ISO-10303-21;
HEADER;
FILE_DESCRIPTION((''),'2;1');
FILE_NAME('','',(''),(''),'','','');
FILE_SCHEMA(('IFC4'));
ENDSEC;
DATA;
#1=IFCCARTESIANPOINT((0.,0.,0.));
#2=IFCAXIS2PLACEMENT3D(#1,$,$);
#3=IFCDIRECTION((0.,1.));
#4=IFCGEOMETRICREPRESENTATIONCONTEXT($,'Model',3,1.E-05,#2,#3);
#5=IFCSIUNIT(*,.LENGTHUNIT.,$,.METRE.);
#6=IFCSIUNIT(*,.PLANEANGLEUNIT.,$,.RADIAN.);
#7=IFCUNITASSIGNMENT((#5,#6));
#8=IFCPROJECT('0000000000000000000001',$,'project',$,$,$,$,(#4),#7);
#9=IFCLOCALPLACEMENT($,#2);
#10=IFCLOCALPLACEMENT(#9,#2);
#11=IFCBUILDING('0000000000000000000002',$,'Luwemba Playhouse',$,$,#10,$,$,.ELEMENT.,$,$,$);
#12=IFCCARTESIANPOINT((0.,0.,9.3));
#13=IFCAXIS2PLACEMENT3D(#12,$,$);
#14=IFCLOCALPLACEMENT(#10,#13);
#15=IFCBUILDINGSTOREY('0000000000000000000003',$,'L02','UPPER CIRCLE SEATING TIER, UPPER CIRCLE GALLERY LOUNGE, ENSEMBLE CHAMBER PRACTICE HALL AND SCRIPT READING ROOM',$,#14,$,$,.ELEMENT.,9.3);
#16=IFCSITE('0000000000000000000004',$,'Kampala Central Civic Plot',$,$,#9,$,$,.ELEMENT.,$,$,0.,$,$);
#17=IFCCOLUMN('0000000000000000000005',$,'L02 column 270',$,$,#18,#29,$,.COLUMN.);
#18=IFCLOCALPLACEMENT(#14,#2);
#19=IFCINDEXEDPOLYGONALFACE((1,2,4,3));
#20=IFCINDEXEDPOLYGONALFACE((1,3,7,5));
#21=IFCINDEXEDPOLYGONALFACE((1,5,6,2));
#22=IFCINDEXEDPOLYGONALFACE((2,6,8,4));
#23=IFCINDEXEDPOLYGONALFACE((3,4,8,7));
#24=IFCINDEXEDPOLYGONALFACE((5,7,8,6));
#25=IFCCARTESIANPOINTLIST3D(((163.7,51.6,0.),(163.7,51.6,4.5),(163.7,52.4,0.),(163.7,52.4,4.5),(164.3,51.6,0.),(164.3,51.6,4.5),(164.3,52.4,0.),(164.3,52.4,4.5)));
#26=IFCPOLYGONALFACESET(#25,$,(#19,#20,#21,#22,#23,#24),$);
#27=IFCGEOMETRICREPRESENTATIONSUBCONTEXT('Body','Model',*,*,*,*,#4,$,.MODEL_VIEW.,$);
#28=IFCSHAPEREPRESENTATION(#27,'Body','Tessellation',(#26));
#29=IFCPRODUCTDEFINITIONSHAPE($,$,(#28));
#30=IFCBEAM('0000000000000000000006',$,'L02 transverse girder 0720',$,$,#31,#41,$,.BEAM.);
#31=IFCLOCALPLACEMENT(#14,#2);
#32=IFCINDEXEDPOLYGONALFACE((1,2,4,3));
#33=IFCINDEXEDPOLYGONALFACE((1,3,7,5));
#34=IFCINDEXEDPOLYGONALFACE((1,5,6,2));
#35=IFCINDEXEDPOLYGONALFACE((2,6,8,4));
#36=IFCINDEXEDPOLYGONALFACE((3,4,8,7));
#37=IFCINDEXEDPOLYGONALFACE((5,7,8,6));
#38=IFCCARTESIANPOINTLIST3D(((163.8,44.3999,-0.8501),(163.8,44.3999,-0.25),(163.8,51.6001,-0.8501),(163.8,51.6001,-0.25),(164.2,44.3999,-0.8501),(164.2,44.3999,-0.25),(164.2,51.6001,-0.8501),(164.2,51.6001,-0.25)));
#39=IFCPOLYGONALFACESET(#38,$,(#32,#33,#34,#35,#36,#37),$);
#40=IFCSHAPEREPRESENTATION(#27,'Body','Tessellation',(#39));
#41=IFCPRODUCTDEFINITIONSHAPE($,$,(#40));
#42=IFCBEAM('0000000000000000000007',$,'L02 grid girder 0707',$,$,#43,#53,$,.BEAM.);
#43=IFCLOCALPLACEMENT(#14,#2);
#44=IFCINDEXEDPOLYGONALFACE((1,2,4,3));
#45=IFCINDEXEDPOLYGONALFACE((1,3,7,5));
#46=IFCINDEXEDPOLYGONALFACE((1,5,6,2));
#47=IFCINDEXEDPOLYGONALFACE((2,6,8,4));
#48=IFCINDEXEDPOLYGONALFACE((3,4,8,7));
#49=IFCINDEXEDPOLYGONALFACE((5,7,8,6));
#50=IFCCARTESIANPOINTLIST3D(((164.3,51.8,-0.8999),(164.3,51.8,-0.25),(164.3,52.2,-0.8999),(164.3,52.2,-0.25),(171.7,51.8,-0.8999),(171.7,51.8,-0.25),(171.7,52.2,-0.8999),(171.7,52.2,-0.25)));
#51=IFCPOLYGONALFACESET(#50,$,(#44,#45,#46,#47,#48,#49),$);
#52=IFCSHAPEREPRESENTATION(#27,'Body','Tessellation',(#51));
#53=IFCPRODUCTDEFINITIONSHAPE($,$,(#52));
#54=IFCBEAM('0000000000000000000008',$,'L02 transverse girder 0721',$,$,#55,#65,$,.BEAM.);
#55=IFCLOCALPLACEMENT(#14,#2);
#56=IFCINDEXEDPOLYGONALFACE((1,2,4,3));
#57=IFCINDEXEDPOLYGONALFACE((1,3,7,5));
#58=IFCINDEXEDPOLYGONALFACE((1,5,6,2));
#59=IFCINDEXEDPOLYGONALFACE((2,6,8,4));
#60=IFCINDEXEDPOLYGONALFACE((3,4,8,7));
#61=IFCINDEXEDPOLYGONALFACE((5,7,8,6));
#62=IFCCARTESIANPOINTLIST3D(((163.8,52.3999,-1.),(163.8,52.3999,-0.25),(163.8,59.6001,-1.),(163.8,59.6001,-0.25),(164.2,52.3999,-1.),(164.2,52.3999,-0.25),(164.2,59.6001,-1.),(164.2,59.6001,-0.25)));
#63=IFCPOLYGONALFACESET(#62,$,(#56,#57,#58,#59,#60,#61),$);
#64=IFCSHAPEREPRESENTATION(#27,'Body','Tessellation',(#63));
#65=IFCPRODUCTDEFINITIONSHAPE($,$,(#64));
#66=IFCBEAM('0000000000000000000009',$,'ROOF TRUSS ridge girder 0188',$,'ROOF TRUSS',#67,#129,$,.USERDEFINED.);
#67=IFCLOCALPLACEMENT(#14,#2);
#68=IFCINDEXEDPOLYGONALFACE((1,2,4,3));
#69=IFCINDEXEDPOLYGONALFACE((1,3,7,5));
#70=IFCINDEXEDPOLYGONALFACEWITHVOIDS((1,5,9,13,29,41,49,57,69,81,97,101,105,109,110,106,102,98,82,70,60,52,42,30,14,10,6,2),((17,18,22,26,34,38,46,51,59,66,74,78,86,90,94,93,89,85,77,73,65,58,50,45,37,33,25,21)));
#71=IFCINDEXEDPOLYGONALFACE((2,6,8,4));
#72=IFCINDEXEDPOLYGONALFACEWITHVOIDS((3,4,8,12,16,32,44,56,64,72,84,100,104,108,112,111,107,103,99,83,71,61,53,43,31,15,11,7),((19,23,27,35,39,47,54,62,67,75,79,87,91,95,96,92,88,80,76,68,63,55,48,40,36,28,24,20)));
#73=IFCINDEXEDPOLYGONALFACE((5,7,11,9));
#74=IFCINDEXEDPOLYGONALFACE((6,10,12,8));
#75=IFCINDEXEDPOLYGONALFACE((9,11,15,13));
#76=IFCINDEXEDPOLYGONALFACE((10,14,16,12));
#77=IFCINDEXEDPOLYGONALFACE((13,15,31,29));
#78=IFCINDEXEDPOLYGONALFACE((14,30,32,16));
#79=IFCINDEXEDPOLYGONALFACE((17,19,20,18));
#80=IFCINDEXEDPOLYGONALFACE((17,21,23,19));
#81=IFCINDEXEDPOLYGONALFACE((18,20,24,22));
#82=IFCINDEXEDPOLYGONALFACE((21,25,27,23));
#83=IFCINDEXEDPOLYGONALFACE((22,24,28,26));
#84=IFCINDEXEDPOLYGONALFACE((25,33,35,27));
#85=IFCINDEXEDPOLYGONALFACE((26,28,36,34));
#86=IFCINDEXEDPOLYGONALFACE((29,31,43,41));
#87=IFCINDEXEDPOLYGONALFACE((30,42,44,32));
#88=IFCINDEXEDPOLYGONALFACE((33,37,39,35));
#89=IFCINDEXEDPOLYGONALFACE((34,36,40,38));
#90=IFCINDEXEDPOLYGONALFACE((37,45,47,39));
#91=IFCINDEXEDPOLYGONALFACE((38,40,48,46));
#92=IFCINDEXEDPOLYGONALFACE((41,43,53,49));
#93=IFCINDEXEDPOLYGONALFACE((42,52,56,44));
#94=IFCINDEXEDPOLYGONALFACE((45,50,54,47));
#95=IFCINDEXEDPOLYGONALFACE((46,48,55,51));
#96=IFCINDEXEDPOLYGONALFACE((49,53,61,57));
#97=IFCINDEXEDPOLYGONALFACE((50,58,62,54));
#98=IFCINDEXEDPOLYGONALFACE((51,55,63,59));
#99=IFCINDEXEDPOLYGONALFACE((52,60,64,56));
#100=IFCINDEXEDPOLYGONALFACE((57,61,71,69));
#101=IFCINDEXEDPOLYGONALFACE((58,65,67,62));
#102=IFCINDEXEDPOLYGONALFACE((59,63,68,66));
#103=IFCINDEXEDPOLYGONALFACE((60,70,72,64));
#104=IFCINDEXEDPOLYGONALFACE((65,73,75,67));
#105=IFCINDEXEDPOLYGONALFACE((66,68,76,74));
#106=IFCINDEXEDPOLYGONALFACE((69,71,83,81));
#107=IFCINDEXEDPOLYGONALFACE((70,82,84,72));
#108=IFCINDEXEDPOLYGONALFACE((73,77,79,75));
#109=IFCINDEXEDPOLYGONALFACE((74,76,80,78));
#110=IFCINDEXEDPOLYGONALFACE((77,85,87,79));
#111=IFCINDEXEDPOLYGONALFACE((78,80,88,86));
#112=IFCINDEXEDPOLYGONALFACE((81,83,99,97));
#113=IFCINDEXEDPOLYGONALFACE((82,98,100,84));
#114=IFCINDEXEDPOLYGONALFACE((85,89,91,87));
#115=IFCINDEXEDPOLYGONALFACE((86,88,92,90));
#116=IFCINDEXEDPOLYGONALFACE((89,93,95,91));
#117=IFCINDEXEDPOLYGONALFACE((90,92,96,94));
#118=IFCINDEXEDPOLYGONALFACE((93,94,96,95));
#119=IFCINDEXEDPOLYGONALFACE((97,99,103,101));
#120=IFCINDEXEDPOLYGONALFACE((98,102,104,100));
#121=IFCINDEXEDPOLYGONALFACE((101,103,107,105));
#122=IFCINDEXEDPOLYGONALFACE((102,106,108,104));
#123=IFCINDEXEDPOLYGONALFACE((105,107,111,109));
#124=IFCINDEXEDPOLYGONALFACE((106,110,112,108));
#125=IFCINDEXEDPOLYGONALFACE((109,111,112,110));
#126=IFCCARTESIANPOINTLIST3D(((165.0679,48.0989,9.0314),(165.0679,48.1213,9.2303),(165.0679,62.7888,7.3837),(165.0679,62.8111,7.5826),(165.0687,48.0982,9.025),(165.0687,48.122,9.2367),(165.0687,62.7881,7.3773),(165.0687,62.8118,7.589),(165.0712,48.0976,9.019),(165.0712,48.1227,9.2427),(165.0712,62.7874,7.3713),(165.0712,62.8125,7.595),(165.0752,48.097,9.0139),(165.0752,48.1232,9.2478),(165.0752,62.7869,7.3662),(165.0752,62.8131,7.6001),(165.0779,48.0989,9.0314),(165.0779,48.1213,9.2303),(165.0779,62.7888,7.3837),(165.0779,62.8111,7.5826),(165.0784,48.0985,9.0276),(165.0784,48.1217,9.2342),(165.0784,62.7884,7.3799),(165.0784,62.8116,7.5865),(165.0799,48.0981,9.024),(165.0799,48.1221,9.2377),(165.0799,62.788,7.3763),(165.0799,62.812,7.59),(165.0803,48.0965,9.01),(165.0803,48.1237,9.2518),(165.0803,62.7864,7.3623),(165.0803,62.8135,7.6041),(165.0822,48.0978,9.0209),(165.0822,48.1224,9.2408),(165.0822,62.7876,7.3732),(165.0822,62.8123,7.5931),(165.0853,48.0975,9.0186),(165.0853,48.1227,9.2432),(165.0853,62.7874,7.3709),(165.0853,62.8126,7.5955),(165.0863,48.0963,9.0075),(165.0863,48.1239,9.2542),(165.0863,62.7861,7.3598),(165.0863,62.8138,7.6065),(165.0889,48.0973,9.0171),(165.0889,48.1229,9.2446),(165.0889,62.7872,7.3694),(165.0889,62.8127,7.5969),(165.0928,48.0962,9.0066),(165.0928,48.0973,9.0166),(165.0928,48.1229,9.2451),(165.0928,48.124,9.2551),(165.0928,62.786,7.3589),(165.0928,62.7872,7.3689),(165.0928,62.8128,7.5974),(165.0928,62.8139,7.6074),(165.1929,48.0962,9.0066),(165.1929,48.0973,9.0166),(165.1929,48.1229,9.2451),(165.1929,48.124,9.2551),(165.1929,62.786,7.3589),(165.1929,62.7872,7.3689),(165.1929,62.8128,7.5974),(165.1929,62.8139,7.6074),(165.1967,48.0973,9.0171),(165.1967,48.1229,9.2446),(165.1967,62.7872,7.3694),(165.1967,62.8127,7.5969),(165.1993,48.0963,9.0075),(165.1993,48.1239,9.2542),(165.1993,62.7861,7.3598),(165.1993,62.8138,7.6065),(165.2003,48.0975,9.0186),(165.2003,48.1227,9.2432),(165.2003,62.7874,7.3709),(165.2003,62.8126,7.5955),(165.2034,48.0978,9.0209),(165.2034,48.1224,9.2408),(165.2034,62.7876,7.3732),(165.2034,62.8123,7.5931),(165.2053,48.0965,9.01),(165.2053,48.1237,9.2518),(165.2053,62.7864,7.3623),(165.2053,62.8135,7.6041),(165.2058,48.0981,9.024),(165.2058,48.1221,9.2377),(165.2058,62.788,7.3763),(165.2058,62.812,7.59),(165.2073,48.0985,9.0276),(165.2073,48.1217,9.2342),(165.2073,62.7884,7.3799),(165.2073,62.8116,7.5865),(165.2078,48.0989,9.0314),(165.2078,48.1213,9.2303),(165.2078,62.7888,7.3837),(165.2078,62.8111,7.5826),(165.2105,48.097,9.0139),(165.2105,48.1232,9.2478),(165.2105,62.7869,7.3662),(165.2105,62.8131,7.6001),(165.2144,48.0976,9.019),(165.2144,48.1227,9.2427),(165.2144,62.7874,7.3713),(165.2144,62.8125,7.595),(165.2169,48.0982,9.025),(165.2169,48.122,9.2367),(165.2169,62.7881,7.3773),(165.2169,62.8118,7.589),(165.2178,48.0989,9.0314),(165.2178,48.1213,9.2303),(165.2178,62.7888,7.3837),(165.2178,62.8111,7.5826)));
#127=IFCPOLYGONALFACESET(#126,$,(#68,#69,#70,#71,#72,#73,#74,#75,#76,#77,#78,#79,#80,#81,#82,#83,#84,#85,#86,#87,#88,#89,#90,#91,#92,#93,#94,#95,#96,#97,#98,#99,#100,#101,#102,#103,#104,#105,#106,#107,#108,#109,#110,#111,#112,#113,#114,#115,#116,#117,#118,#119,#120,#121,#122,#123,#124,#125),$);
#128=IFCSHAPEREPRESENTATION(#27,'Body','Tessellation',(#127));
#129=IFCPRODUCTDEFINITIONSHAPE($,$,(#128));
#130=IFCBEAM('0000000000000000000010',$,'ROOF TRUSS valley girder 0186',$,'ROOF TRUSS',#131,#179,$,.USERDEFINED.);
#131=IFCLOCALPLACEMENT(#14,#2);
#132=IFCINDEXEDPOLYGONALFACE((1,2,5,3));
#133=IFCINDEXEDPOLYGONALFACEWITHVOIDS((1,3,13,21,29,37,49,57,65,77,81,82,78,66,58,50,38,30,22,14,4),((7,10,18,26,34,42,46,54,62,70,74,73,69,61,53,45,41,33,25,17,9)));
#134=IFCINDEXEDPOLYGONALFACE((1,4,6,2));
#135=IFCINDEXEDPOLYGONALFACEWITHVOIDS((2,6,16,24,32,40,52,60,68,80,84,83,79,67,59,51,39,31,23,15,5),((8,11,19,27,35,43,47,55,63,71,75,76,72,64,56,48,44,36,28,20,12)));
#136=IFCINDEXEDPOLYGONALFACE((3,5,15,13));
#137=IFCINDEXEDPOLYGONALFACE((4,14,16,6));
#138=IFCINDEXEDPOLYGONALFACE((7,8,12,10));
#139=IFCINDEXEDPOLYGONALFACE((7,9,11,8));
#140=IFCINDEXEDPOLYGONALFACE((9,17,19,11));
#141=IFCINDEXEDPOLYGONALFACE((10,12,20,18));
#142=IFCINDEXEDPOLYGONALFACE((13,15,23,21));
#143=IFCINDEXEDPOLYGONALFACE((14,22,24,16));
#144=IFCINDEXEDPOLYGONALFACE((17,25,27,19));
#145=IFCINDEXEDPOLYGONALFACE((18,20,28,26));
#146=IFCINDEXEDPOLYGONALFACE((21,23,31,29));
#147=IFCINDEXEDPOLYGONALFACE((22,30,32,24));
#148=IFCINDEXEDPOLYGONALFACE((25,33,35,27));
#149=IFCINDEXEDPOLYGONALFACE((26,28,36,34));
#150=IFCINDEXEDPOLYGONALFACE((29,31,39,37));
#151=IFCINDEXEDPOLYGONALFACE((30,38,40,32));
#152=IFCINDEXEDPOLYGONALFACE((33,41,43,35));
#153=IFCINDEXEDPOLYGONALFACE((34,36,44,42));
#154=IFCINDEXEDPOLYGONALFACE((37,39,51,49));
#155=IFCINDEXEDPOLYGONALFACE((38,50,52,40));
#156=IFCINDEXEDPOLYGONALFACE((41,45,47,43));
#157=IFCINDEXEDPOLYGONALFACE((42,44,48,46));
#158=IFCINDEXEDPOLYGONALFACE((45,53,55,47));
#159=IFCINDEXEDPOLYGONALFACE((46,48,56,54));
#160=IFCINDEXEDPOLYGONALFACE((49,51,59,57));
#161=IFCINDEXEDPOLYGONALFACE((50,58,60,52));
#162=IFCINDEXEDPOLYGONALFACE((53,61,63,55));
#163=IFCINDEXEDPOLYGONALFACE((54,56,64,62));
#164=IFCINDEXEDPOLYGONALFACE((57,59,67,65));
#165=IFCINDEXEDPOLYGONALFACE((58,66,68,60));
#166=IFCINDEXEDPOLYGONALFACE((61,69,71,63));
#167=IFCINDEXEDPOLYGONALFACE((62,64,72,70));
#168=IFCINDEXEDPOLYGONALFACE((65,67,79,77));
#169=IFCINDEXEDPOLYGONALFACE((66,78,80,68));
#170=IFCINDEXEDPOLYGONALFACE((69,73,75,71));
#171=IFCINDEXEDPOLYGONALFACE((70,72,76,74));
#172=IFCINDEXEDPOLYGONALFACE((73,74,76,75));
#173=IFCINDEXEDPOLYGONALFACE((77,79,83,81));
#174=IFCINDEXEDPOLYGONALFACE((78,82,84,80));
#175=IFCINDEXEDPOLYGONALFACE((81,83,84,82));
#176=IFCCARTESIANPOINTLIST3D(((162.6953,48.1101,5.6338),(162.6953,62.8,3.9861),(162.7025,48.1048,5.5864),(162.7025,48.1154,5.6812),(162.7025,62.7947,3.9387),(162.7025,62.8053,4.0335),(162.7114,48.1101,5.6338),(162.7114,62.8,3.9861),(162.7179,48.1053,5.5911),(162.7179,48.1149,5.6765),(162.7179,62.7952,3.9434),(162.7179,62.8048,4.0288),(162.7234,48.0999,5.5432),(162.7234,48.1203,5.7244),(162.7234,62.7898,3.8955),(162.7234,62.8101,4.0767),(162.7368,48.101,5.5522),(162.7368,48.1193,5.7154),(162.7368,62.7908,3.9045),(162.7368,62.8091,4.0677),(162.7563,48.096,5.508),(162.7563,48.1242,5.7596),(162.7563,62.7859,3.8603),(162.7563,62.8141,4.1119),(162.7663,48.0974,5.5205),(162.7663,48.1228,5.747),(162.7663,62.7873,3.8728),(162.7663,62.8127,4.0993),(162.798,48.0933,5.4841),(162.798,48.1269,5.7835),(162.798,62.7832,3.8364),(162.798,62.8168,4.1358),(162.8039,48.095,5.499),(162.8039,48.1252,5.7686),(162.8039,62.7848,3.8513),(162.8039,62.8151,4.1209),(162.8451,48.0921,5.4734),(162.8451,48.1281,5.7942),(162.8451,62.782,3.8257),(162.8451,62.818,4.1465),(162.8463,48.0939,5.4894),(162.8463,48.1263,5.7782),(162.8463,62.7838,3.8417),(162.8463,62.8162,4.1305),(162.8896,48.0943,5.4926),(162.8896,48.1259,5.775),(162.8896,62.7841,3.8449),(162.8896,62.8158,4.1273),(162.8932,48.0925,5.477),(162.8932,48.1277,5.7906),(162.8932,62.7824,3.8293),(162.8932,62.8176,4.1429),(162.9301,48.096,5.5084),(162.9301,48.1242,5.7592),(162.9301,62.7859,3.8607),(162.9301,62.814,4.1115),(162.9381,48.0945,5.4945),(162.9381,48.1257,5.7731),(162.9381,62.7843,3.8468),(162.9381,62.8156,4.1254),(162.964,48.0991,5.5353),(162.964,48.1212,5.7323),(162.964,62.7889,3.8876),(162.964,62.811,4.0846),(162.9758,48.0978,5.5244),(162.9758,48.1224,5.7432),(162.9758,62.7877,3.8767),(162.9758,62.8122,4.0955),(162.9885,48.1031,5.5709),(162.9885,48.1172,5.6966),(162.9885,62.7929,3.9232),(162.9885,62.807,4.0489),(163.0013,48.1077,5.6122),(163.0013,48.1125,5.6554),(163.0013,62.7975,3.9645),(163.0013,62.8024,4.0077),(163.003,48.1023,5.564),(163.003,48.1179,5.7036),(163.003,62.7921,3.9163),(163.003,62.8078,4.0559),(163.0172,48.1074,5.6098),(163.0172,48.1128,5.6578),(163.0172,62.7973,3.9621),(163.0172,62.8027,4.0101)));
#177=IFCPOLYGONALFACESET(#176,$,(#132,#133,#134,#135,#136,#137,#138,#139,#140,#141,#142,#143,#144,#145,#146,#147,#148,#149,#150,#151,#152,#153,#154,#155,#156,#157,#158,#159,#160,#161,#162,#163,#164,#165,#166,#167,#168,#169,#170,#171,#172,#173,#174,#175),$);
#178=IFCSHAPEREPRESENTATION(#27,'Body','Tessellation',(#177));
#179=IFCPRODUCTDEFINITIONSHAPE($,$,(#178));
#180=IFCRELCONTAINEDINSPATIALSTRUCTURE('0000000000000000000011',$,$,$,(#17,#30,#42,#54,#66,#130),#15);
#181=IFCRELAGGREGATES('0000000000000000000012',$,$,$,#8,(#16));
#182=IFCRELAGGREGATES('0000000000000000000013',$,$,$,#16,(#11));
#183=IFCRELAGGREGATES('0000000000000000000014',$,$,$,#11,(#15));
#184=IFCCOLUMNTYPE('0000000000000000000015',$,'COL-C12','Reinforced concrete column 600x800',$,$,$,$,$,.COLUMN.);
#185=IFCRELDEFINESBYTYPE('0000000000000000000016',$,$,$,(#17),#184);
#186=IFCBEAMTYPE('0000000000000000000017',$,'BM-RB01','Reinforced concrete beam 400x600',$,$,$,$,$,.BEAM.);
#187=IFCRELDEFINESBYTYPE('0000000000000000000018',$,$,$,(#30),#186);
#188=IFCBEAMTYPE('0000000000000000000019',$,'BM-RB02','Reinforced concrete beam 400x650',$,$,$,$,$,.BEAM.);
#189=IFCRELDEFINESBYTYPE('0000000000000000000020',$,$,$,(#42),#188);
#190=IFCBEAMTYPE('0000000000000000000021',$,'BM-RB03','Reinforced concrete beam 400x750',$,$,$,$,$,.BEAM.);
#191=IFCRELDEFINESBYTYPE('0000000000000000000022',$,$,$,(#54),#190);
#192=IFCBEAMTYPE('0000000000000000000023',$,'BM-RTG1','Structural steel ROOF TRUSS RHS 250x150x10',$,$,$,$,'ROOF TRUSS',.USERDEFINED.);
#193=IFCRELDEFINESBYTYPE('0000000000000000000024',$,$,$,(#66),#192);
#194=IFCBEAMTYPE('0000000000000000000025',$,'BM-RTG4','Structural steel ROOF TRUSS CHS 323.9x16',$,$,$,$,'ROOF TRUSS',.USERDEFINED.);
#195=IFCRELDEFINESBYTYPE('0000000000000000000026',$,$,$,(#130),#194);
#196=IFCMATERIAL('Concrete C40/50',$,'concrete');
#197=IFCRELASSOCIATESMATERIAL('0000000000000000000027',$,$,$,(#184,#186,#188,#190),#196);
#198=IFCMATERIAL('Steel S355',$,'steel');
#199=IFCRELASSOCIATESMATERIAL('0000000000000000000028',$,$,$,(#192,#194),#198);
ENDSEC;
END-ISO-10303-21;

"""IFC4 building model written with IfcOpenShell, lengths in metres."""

from ifc_helpers import new_model, si_unit, direction, frame, origin, origin_2d, place, context, subcontext, project, spatial, rectangle, hollow_rectangle, hollow_circle, extrude, material, material_profile, profile_set, type_object, element, save


model = new_model("IFC4")

# Units and contexts
model_context = context("Model", 3, precision=1e-05, world=origin(), true_north=direction((0.0, 1.0)))
body_context = subcontext(model_context, "Body", "Model", "MODEL_VIEW")
ifc_project = project(units=[si_unit("LENGTHUNIT", "METRE"), si_unit("PLANEANGLEUNIT", "RADIAN")], contexts=[model_context])

# Site, building, storey
site_placement = place(None, origin())
site = spatial("IfcSite", under=ifc_project, at=site_placement, Name="Kampala Central Civic Plot", CompositionType="ELEMENT", RefElevation=0.0)
building_placement = place(site_placement, origin())
building = spatial("IfcBuilding", under=site, at=building_placement, Name="Luwemba Playhouse", CompositionType="ELEMENT")
storey_placement = place(building_placement, frame((0.0, 0.0, 9.3)))
storey = spatial("IfcBuildingStorey", under=building, at=storey_placement, Name="L02", Description="UPPER CIRCLE SEATING TIER, UPPER CIRCLE GALLERY LOUNGE, ENSEMBLE CHAMBER PRACTICE HALL AND SCRIPT READING ROOM", CompositionType="ELEMENT", Elevation=9.3)

# Column
ifc_material_1 = material(Name="Concrete C40/50", Category="concrete")
ifc_material_profile_1 = material_profile(ifc_material_1, rectangle(XDim=0.6001, YDim=0.8, at=origin_2d()))
ifc_profile_set_1 = profile_set([ifc_material_profile_1], Name="Concrete C40/50")
column_type = type_object("IfcColumnType", Name="COL-C12", Description="Reinforced concrete column 600x800", PredefinedType="COLUMN", material=ifc_profile_set_1)
column_placement = place(storey_placement, frame((164.0, 52.0, 0.0), z_axis=(0.0, 0.0, 1.0), x_axis=(1.0, 0.0, 0.0)))
element("IfcColumn", 1, at=column_placement, inside=storey, type_object=column_type, Name="L02 column 270", PredefinedType="COLUMN", context=body_context, shape_type="SweptSolid", body=[
    extrude(rectangle(XDim=0.6001, YDim=0.8, at=origin_2d()), origin(), (0.0, 0.0, 1.0), 4.5),
])

# Beams
ifc_material_profile_2 = material_profile(ifc_material_1, rectangle(XDim=0.3999, YDim=0.6001, at=origin_2d()))
ifc_profile_set_2 = profile_set([ifc_material_profile_2], Name="Concrete C40/50")
beam_type_1 = type_object("IfcBeamType", Name="BM-RB01", Description="Reinforced concrete beam 400x600", PredefinedType="BEAM", material=ifc_profile_set_2)
beam_1_placement = place(storey_placement, frame((164.0, 44.3999, -0.55), z_axis=(0.0, 1.0, 0.0), x_axis=(-1.0, 0.0, 0.0)))
element("IfcBeam", 2, at=beam_1_placement, inside=storey, type_object=beam_type_1, Name="L02 transverse girder 0720", PredefinedType="BEAM", context=body_context, shape_type="SweptSolid", body=[
    extrude(rectangle(XDim=0.3999, YDim=0.6001, at=origin_2d()), origin(), (0.0, 0.0, 1.0), 7.2002),
])
ifc_material_profile_3 = material_profile(ifc_material_1, rectangle(XDim=0.3999, YDim=0.6499, at=origin_2d()))
ifc_profile_set_3 = profile_set([ifc_material_profile_3], Name="Concrete C40/50")
beam_type_2 = type_object("IfcBeamType", Name="BM-RB02", Description="Reinforced concrete beam 400x650", PredefinedType="BEAM", material=ifc_profile_set_3)
beam_2_placement = place(storey_placement, frame((164.3, 52.0, -0.575), z_axis=(1.0, 0.0, 0.0), x_axis=(0.0, 1.0, 0.0)))
element("IfcBeam", 3, at=beam_2_placement, inside=storey, type_object=beam_type_2, Name="L02 grid girder 0707", PredefinedType="BEAM", context=body_context, shape_type="SweptSolid", body=[
    extrude(rectangle(XDim=0.3999, YDim=0.6499, at=origin_2d()), origin(), (0.0, 0.0, 1.0), 7.3999),
])
ifc_material_profile_4 = material_profile(ifc_material_1, rectangle(XDim=0.3999, YDim=0.75, at=origin_2d()))
ifc_profile_set_4 = profile_set([ifc_material_profile_4], Name="Concrete C40/50")
beam_type_3 = type_object("IfcBeamType", Name="BM-RB03", Description="Reinforced concrete beam 400x750", PredefinedType="BEAM", material=ifc_profile_set_4)
beam_3_placement = place(storey_placement, frame((164.0, 52.3999, -0.625), z_axis=(0.0, 1.0, 0.0), x_axis=(-1.0, 0.0, 0.0)))
element("IfcBeam", 4, at=beam_3_placement, inside=storey, type_object=beam_type_3, Name="L02 transverse girder 0721", PredefinedType="BEAM", context=body_context, shape_type="SweptSolid", body=[
    extrude(rectangle(XDim=0.3999, YDim=0.75, at=origin_2d()), origin(), (0.0, 0.0, 1.0), 7.2002),
])
ifc_material_2 = material(Name="Steel S355", Category="steel")
ifc_material_profile_5 = material_profile(ifc_material_2, hollow_rectangle(XDim=0.1499, YDim=0.25, WallThickness=0.01, InnerFilletRadius=0.0149, OuterFilletRadius=0.0249, at=origin_2d()))
ifc_profile_set_5 = profile_set([ifc_material_profile_5], Name="Steel S355")
beam_type_4 = type_object("IfcBeamType", Name="BM-RTG1", Description="Structural steel ROOF TRUSS RHS 250x150x10", ElementType="ROOF TRUSS", PredefinedType="USERDEFINED", material=ifc_profile_set_5)
beam_4_placement = place(storey_placement, frame((165.1428, 48.1101, 9.1309), z_axis=(0.0, 0.993768, -0.111467), x_axis=(-1.0, 0.0, 0.0)))
element("IfcBeam", 5, at=beam_4_placement, inside=storey, type_object=beam_type_4, Name="ROOF TRUSS ridge girder 0188", ObjectType="ROOF TRUSS", PredefinedType="USERDEFINED", context=body_context, shape_type="SweptSolid", body=[
    extrude(hollow_rectangle(XDim=0.1499, YDim=0.25, WallThickness=0.01, InnerFilletRadius=0.0149, OuterFilletRadius=0.0249, at=origin_2d()), origin(), (0.0, 0.0, 1.0), 14.782),
])
ifc_material_profile_6 = material_profile(ifc_material_2, hollow_circle(Radius=0.1619, WallThickness=0.0161, at=origin_2d()))
ifc_profile_set_6 = profile_set([ifc_material_profile_6], Name="Steel S355")
beam_type_5 = type_object("IfcBeamType", Name="BM-RTG4", Description="Structural steel ROOF TRUSS CHS 323.9x16", ElementType="ROOF TRUSS", PredefinedType="USERDEFINED", material=ifc_profile_set_6)
beam_5_placement = place(storey_placement, frame((162.8572, 48.1101, 5.6338), z_axis=(0.0, 0.993768, -0.111467), x_axis=(-1.0, 0.0, 0.0)))
element("IfcBeam", 6, at=beam_5_placement, inside=storey, type_object=beam_type_5, Name="ROOF TRUSS valley girder 0186", ObjectType="ROOF TRUSS", PredefinedType="USERDEFINED", context=body_context, shape_type="SweptSolid", body=[
    extrude(hollow_circle(Radius=0.1619, WallThickness=0.0161, at=origin_2d()), origin(), (0.0, 0.0, 1.0), 14.782),
])

save(model, "model.ifc")
